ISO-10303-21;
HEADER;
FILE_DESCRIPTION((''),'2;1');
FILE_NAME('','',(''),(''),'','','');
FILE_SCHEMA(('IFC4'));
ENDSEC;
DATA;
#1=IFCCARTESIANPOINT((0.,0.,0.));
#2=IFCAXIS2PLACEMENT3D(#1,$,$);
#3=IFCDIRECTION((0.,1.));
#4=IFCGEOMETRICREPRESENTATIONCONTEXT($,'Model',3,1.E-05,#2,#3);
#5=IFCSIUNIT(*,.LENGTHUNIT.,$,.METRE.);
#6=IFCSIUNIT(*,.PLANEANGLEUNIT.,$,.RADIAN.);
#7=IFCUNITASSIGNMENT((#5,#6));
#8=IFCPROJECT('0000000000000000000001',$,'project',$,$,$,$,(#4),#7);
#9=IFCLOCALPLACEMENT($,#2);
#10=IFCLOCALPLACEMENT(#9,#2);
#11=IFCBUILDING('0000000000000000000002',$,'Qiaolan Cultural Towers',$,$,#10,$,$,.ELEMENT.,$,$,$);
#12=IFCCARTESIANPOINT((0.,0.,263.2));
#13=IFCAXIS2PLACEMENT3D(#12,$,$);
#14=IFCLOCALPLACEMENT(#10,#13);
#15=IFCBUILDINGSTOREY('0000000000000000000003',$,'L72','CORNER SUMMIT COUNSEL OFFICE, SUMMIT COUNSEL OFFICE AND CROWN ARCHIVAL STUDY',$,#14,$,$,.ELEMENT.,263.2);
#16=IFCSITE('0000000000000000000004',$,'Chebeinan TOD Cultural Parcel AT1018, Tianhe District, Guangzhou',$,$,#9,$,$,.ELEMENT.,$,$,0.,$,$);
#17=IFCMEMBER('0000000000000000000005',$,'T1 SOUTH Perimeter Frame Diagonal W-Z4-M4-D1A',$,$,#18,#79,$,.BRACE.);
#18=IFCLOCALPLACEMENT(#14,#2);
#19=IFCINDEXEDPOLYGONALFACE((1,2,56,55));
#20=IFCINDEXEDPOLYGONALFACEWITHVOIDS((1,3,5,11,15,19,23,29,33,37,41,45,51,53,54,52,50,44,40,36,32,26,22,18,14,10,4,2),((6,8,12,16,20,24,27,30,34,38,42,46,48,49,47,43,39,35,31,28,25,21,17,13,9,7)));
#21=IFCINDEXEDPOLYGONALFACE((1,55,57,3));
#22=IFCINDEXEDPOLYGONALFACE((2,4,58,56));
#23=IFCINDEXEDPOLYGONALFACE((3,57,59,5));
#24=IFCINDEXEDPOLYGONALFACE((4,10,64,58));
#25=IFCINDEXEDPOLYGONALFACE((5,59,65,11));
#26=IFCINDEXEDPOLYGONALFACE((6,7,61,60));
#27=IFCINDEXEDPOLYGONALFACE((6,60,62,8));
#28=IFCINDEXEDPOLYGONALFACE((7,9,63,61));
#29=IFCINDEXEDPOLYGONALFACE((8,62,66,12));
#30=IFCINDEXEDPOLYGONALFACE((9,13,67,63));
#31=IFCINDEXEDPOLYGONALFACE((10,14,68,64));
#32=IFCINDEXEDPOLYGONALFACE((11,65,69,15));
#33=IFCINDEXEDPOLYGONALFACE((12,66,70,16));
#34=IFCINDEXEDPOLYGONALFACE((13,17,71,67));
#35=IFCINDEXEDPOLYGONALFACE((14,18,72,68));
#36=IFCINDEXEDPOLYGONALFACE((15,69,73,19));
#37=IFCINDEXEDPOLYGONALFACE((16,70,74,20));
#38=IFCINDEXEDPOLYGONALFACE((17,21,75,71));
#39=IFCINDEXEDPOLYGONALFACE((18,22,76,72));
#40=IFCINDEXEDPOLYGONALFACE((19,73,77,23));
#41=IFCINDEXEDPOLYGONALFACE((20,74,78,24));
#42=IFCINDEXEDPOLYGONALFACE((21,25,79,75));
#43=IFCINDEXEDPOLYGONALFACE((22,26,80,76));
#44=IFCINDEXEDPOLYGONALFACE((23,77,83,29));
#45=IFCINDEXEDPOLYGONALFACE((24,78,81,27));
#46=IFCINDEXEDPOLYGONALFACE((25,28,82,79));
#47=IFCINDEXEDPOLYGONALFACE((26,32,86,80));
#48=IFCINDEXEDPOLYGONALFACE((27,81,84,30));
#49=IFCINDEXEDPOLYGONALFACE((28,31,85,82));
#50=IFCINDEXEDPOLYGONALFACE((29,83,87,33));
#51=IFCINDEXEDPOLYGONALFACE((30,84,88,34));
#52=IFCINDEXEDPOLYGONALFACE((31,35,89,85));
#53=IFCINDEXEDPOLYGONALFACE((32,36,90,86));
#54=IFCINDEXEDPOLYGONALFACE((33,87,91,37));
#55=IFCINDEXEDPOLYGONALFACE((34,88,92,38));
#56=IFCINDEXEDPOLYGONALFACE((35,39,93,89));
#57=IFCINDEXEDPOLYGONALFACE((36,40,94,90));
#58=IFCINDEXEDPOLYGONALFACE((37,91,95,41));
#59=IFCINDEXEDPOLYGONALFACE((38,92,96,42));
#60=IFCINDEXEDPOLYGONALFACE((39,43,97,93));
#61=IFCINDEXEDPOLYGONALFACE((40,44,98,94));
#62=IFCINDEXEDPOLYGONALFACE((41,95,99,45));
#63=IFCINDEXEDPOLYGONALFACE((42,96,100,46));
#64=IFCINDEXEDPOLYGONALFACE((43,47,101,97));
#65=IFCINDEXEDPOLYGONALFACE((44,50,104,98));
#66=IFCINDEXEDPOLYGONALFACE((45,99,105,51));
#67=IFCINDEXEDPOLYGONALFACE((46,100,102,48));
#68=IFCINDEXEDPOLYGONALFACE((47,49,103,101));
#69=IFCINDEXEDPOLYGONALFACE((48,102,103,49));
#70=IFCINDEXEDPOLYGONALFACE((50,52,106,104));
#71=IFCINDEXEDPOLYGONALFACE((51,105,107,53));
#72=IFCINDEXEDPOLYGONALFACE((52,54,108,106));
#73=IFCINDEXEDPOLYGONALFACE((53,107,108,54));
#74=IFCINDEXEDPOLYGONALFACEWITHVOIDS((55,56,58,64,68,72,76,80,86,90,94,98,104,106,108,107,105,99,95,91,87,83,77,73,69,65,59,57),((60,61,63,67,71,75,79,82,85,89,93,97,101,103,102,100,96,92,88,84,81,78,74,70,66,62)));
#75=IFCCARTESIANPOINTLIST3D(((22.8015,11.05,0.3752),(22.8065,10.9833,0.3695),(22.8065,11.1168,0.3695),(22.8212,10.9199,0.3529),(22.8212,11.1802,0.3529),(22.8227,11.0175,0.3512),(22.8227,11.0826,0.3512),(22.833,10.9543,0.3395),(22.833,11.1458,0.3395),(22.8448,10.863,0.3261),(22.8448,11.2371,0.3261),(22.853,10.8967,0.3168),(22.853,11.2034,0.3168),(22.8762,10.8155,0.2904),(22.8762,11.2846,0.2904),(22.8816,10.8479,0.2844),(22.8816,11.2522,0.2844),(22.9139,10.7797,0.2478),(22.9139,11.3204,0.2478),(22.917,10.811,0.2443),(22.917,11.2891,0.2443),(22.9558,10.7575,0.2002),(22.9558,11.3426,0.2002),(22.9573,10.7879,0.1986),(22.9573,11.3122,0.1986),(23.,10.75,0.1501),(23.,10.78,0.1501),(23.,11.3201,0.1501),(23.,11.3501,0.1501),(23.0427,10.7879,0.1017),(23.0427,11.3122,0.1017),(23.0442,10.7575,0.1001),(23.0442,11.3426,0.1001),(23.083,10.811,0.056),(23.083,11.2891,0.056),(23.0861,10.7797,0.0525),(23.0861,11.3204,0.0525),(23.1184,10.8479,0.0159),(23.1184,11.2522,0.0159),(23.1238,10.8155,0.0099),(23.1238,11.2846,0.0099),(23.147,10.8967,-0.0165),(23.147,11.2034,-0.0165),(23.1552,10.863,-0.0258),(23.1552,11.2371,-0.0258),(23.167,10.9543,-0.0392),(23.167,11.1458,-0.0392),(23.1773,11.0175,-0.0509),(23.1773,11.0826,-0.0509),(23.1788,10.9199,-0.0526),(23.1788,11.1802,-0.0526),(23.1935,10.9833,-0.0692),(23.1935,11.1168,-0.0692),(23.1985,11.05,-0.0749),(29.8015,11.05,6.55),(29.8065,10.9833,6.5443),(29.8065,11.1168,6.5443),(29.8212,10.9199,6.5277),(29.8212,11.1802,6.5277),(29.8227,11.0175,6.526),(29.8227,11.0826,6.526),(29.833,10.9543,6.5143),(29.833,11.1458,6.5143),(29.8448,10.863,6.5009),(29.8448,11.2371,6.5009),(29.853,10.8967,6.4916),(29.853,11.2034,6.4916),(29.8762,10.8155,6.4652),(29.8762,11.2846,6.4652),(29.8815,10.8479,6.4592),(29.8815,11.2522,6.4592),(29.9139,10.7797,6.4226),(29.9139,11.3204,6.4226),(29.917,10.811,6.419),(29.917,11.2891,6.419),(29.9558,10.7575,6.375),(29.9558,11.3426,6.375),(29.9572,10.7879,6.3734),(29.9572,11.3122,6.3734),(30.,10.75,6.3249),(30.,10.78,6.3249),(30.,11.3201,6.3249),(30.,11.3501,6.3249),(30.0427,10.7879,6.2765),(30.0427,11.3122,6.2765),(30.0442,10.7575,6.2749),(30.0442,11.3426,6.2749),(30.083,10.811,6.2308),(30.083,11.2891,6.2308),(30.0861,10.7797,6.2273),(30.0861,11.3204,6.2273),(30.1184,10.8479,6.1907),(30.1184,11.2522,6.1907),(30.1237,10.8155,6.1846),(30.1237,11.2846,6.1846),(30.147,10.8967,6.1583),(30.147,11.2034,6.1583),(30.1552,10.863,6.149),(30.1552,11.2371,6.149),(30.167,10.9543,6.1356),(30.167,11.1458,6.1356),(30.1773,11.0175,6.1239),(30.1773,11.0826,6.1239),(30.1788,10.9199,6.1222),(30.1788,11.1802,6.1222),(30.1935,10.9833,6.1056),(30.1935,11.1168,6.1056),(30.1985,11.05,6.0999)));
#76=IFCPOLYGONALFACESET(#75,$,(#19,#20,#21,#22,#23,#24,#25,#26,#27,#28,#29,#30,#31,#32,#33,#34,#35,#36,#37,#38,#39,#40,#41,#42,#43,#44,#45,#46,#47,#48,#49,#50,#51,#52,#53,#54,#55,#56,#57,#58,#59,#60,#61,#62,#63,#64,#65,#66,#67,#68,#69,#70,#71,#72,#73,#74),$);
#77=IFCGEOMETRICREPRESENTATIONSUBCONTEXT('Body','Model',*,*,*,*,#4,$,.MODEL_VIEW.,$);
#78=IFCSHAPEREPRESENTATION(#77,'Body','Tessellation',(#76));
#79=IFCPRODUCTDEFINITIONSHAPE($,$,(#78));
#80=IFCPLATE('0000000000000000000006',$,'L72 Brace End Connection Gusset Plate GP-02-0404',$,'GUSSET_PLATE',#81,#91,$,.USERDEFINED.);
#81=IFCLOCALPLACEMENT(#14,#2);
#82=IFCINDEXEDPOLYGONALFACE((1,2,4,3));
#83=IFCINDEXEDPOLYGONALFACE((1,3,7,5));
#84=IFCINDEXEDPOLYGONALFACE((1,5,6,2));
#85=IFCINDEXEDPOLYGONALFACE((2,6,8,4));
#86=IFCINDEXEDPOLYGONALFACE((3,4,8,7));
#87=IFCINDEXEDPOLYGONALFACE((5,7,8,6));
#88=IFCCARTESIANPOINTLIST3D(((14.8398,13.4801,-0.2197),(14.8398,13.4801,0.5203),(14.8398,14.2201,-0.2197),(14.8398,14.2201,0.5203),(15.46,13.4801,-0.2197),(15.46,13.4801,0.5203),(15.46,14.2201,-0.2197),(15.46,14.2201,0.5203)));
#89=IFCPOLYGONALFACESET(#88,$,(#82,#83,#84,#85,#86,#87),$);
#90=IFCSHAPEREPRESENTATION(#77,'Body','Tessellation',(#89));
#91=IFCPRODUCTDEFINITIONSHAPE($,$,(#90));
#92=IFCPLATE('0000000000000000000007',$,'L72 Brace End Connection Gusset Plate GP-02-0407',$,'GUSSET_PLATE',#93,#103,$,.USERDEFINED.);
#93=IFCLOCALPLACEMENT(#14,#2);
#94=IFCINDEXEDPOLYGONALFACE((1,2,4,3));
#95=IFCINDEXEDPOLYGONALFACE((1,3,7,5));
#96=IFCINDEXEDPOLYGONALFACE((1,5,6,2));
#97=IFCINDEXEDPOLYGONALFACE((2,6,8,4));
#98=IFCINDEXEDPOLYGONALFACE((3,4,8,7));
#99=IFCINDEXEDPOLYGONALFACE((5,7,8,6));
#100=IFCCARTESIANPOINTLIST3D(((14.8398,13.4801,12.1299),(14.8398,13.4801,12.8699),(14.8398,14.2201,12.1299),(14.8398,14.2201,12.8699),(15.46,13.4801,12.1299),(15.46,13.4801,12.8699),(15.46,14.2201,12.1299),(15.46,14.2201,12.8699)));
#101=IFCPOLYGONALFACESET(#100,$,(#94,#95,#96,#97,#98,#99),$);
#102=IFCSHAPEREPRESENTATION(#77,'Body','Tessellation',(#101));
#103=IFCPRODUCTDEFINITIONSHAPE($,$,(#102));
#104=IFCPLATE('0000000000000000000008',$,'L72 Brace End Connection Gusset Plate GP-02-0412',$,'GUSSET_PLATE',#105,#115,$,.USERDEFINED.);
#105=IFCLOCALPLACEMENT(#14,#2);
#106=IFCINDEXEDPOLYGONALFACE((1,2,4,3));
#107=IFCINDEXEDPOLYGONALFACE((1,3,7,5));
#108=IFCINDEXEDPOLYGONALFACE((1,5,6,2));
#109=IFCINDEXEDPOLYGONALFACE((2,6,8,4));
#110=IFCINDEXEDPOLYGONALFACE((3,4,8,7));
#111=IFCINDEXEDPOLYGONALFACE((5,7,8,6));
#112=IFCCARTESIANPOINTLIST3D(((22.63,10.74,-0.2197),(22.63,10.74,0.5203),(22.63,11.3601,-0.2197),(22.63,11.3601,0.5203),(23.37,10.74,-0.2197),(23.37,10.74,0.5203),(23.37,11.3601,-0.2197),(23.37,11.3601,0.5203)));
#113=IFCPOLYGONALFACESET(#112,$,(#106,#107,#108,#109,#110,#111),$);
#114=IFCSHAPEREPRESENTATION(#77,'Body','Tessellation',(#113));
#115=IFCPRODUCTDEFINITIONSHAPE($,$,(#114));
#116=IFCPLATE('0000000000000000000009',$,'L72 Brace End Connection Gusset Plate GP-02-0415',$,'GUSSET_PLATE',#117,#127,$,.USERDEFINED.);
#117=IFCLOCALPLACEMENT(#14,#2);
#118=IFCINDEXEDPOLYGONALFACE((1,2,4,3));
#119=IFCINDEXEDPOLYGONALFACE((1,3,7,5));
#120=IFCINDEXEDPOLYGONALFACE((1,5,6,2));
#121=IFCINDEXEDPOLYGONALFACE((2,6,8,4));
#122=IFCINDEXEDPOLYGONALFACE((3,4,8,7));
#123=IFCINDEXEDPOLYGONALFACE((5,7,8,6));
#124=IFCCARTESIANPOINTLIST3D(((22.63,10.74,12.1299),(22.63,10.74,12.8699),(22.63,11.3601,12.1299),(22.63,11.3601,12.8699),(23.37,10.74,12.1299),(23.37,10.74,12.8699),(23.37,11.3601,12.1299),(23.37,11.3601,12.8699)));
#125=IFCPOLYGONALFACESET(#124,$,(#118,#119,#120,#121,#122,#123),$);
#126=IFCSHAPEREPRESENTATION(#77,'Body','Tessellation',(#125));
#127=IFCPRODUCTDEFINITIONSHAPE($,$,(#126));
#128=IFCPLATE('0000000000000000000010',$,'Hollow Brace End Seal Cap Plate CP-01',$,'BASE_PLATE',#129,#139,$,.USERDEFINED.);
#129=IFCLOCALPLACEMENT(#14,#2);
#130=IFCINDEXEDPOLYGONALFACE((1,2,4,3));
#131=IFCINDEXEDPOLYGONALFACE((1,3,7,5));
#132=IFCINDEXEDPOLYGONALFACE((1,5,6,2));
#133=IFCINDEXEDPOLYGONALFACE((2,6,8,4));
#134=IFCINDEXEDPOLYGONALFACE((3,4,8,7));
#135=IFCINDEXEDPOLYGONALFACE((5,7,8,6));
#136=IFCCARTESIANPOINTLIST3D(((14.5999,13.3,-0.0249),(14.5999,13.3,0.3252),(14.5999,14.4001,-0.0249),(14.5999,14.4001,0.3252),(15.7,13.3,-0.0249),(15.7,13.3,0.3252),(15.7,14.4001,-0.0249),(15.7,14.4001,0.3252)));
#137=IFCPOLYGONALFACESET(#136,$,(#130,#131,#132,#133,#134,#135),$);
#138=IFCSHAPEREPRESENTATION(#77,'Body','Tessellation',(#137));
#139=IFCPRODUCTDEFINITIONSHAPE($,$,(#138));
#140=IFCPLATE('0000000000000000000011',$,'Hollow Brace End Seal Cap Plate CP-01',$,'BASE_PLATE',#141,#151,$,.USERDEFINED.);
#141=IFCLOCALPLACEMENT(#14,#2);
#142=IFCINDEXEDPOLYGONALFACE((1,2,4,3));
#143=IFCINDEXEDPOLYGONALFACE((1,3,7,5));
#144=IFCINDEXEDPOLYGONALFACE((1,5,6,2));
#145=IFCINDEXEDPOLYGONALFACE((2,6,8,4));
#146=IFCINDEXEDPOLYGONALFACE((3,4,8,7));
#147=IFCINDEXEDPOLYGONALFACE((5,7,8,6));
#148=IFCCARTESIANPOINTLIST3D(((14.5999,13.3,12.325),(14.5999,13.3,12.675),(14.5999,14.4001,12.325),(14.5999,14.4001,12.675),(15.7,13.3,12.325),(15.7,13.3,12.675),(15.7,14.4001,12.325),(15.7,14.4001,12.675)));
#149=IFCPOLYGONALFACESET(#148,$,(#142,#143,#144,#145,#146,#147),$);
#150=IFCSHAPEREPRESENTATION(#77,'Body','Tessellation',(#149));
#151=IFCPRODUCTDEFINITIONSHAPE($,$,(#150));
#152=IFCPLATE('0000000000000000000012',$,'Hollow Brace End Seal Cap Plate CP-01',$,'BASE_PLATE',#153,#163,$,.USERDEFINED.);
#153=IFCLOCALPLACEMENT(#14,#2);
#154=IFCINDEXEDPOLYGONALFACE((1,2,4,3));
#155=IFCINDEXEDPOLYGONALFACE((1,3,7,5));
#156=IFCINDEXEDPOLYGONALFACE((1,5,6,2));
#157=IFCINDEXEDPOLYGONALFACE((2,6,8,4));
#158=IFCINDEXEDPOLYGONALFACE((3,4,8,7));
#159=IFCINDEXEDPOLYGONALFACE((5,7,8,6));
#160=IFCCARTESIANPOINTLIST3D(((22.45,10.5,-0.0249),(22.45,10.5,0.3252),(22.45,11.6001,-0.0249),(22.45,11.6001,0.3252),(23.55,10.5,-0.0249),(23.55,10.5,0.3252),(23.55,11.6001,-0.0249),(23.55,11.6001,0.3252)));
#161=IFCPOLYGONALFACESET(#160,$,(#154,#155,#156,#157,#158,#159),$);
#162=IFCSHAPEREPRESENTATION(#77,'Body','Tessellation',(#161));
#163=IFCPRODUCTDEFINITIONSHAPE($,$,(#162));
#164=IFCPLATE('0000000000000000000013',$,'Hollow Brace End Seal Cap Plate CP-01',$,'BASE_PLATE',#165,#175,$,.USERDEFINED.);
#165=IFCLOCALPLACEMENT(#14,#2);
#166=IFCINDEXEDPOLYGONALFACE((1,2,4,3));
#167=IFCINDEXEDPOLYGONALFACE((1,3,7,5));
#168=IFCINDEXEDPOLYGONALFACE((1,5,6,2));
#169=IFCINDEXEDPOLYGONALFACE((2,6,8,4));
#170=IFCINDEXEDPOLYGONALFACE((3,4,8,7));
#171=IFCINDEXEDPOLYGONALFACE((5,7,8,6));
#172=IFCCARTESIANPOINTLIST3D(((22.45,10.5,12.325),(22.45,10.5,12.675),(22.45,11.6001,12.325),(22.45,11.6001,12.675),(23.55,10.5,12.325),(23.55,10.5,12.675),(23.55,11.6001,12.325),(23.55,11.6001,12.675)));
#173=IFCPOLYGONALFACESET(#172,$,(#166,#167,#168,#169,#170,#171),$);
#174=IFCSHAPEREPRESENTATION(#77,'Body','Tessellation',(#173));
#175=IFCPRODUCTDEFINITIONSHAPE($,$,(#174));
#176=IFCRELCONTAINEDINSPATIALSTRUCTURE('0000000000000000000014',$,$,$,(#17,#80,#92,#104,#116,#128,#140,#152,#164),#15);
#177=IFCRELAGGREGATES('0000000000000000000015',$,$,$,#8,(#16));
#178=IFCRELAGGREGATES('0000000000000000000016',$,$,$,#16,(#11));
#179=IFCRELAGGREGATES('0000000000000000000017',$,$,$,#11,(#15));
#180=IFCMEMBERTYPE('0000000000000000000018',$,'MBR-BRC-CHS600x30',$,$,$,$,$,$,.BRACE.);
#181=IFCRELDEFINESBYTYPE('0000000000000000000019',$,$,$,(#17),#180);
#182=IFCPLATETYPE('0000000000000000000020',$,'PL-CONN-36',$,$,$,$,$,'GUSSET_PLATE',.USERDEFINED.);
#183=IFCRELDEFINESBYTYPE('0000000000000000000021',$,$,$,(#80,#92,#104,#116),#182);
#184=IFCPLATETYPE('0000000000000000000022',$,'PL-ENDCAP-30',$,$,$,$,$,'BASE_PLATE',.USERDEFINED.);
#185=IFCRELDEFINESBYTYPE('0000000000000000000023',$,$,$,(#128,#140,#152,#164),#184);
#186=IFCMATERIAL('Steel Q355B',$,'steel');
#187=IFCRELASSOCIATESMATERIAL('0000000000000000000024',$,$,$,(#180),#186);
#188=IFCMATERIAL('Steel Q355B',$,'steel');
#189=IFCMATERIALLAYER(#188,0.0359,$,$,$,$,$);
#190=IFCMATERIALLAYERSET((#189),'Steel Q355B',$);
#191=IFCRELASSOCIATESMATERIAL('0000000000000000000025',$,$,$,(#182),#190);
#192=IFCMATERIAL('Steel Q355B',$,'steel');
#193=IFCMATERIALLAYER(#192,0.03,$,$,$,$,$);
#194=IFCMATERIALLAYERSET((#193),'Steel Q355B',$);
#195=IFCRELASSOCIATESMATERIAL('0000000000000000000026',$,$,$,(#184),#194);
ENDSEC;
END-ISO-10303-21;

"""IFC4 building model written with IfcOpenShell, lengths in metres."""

from ifc_helpers import new_model, si_unit, direction, frame, origin, origin_2d, place, context, subcontext, project, spatial, rectangle, hollow_circle, extrude, material, layer, layer_set, material_profile, profile_set, type_object, element, save


model = new_model("IFC4")

# Units and contexts
model_context = context("Model", 3, precision=1e-05, world=origin(), true_north=direction((0.0, 1.0)))
body_context = subcontext(model_context, "Body", "Model", "MODEL_VIEW")
ifc_project = project(units=[si_unit("LENGTHUNIT", "METRE"), si_unit("PLANEANGLEUNIT", "RADIAN")], contexts=[model_context])

# Site, building, storey
site_placement = place(None, origin())
site = spatial("IfcSite", under=ifc_project, at=site_placement, Name="Chebeinan TOD Cultural Parcel AT1018, Tianhe District, Guangzhou", CompositionType="ELEMENT", RefElevation=0.0)
building_placement = place(site_placement, origin())
building = spatial("IfcBuilding", under=site, at=building_placement, Name="Qiaolan Cultural Towers", CompositionType="ELEMENT")
storey_placement = place(building_placement, frame((0.0, 0.0, 263.2)))
storey = spatial("IfcBuildingStorey", under=building, at=storey_placement, Name="L72", Description="CORNER SUMMIT COUNSEL OFFICE, SUMMIT COUNSEL OFFICE AND CROWN ARCHIVAL STUDY", CompositionType="ELEMENT", Elevation=263.2)

# Member
ifc_material_1 = material(Name="Steel Q355B", Category="steel")
ifc_material_profile_1 = material_profile(ifc_material_1, hollow_circle(Radius=0.3, WallThickness=0.03, at=origin_2d()), Name="CHS600x30")
ifc_profile_set_1 = profile_set([ifc_material_profile_1], Name="Steel Q355B")
member_type = type_object("IfcMemberType", Name="MBR-BRC-CHS600x30", PredefinedType="BRACE", material=ifc_profile_set_1)
member_1_placement = place(storey_placement, frame((23.0, 11.05, 0.1501), z_axis=(0.749926, 0.0, 0.661521), x_axis=(0.0, 1.0, 0.0)))
element("IfcMember", 1, at=member_1_placement, inside=storey, type_object=member_type, Name="T1 SOUTH Perimeter Frame Diagonal W-Z4-M4-D1A", PredefinedType="BRACE", context=body_context, shape_type="SweptSolid", body=[
    extrude(hollow_circle(Radius=0.3, WallThickness=0.03, at=origin_2d()), origin(), (0.0, 0.0, 1.0), 9.3342),
])

# Plates
ifc_material_2 = material(Name="Steel Q355B", Category="steel")
ifc_layer_1 = layer(ifc_material_2, 0.0359)
ifc_layer_set_1 = layer_set([ifc_layer_1], Name="Steel Q355B")
plate_type_1 = type_object("IfcPlateType", Name="PL-CONN-36", ElementType="GUSSET_PLATE", PredefinedType="USERDEFINED", material=ifc_layer_set_1)
for number, where, z_axis, x_axis, name in (
    (2, (15.1499, 13.8501, -0.2197), (0.0, 0.0, 1.0), (0.0, 1.0, 0.0), "L72 Brace End Connection Gusset Plate GP-02-0404"),
    (3, (15.1499, 13.8501, 12.1299), (0.0, 0.0, 1.0), (0.0, 1.0, 0.0), "L72 Brace End Connection Gusset Plate GP-02-0407"),
    (4, (23.0, 11.05, -0.2197), (0.0, 0.0, 1.0), (1.0, 0.0, 0.0), "L72 Brace End Connection Gusset Plate GP-02-0412"),
    (5, (23.0, 11.05, 12.1299), (0.0, 0.0, 1.0), (1.0, 0.0, 0.0), "L72 Brace End Connection Gusset Plate GP-02-0415"),
):
    element("IfcPlate", number, at=place(storey_placement, frame(where, z_axis=z_axis, x_axis=x_axis)), inside=storey, type_object=plate_type_1, Name=name, ObjectType="GUSSET_PLATE", PredefinedType="USERDEFINED", context=body_context, shape_type="SweptSolid", body=[
        extrude(rectangle(XDim=0.74, YDim=0.6201, at=origin_2d()), origin(), (0.0, 0.0, 1.0), 0.74),
    ])
ifc_material_3 = material(Name="Steel Q355B", Category="steel")
ifc_layer_2 = layer(ifc_material_3, 0.03)
ifc_layer_set_2 = layer_set([ifc_layer_2], Name="Steel Q355B")
plate_type_2 = type_object("IfcPlateType", Name="PL-ENDCAP-30", ElementType="BASE_PLATE", PredefinedType="USERDEFINED", material=ifc_layer_set_2)
for number, where, z_axis, x_axis, name in (
    (6, (15.1499, 13.8501, -0.0249), (0.0, 0.0, 1.0), (0.0, 1.0, 0.0), "Hollow Brace End Seal Cap Plate CP-01"),
    (7, (15.1499, 13.8501, 12.325), (0.0, 0.0, 1.0), (0.0, 1.0, 0.0), "Hollow Brace End Seal Cap Plate CP-01"),
    (8, (23.0, 11.05, -0.0249), (0.0, 0.0, 1.0), (1.0, 0.0, 0.0), "Hollow Brace End Seal Cap Plate CP-01"),
    (9, (23.0, 11.05, 12.325), (0.0, 0.0, 1.0), (1.0, 0.0, 0.0), "Hollow Brace End Seal Cap Plate CP-01"),
):
    element("IfcPlate", number, at=place(storey_placement, frame(where, z_axis=z_axis, x_axis=x_axis)), inside=storey, type_object=plate_type_2, Name=name, ObjectType="BASE_PLATE", PredefinedType="USERDEFINED", context=body_context, shape_type="SweptSolid", body=[
        extrude(rectangle(XDim=1.1001, YDim=1.1001, at=origin_2d()), origin(), (0.0, 0.0, 1.0), 0.3501),
    ])

save(model, "model.ifc")
